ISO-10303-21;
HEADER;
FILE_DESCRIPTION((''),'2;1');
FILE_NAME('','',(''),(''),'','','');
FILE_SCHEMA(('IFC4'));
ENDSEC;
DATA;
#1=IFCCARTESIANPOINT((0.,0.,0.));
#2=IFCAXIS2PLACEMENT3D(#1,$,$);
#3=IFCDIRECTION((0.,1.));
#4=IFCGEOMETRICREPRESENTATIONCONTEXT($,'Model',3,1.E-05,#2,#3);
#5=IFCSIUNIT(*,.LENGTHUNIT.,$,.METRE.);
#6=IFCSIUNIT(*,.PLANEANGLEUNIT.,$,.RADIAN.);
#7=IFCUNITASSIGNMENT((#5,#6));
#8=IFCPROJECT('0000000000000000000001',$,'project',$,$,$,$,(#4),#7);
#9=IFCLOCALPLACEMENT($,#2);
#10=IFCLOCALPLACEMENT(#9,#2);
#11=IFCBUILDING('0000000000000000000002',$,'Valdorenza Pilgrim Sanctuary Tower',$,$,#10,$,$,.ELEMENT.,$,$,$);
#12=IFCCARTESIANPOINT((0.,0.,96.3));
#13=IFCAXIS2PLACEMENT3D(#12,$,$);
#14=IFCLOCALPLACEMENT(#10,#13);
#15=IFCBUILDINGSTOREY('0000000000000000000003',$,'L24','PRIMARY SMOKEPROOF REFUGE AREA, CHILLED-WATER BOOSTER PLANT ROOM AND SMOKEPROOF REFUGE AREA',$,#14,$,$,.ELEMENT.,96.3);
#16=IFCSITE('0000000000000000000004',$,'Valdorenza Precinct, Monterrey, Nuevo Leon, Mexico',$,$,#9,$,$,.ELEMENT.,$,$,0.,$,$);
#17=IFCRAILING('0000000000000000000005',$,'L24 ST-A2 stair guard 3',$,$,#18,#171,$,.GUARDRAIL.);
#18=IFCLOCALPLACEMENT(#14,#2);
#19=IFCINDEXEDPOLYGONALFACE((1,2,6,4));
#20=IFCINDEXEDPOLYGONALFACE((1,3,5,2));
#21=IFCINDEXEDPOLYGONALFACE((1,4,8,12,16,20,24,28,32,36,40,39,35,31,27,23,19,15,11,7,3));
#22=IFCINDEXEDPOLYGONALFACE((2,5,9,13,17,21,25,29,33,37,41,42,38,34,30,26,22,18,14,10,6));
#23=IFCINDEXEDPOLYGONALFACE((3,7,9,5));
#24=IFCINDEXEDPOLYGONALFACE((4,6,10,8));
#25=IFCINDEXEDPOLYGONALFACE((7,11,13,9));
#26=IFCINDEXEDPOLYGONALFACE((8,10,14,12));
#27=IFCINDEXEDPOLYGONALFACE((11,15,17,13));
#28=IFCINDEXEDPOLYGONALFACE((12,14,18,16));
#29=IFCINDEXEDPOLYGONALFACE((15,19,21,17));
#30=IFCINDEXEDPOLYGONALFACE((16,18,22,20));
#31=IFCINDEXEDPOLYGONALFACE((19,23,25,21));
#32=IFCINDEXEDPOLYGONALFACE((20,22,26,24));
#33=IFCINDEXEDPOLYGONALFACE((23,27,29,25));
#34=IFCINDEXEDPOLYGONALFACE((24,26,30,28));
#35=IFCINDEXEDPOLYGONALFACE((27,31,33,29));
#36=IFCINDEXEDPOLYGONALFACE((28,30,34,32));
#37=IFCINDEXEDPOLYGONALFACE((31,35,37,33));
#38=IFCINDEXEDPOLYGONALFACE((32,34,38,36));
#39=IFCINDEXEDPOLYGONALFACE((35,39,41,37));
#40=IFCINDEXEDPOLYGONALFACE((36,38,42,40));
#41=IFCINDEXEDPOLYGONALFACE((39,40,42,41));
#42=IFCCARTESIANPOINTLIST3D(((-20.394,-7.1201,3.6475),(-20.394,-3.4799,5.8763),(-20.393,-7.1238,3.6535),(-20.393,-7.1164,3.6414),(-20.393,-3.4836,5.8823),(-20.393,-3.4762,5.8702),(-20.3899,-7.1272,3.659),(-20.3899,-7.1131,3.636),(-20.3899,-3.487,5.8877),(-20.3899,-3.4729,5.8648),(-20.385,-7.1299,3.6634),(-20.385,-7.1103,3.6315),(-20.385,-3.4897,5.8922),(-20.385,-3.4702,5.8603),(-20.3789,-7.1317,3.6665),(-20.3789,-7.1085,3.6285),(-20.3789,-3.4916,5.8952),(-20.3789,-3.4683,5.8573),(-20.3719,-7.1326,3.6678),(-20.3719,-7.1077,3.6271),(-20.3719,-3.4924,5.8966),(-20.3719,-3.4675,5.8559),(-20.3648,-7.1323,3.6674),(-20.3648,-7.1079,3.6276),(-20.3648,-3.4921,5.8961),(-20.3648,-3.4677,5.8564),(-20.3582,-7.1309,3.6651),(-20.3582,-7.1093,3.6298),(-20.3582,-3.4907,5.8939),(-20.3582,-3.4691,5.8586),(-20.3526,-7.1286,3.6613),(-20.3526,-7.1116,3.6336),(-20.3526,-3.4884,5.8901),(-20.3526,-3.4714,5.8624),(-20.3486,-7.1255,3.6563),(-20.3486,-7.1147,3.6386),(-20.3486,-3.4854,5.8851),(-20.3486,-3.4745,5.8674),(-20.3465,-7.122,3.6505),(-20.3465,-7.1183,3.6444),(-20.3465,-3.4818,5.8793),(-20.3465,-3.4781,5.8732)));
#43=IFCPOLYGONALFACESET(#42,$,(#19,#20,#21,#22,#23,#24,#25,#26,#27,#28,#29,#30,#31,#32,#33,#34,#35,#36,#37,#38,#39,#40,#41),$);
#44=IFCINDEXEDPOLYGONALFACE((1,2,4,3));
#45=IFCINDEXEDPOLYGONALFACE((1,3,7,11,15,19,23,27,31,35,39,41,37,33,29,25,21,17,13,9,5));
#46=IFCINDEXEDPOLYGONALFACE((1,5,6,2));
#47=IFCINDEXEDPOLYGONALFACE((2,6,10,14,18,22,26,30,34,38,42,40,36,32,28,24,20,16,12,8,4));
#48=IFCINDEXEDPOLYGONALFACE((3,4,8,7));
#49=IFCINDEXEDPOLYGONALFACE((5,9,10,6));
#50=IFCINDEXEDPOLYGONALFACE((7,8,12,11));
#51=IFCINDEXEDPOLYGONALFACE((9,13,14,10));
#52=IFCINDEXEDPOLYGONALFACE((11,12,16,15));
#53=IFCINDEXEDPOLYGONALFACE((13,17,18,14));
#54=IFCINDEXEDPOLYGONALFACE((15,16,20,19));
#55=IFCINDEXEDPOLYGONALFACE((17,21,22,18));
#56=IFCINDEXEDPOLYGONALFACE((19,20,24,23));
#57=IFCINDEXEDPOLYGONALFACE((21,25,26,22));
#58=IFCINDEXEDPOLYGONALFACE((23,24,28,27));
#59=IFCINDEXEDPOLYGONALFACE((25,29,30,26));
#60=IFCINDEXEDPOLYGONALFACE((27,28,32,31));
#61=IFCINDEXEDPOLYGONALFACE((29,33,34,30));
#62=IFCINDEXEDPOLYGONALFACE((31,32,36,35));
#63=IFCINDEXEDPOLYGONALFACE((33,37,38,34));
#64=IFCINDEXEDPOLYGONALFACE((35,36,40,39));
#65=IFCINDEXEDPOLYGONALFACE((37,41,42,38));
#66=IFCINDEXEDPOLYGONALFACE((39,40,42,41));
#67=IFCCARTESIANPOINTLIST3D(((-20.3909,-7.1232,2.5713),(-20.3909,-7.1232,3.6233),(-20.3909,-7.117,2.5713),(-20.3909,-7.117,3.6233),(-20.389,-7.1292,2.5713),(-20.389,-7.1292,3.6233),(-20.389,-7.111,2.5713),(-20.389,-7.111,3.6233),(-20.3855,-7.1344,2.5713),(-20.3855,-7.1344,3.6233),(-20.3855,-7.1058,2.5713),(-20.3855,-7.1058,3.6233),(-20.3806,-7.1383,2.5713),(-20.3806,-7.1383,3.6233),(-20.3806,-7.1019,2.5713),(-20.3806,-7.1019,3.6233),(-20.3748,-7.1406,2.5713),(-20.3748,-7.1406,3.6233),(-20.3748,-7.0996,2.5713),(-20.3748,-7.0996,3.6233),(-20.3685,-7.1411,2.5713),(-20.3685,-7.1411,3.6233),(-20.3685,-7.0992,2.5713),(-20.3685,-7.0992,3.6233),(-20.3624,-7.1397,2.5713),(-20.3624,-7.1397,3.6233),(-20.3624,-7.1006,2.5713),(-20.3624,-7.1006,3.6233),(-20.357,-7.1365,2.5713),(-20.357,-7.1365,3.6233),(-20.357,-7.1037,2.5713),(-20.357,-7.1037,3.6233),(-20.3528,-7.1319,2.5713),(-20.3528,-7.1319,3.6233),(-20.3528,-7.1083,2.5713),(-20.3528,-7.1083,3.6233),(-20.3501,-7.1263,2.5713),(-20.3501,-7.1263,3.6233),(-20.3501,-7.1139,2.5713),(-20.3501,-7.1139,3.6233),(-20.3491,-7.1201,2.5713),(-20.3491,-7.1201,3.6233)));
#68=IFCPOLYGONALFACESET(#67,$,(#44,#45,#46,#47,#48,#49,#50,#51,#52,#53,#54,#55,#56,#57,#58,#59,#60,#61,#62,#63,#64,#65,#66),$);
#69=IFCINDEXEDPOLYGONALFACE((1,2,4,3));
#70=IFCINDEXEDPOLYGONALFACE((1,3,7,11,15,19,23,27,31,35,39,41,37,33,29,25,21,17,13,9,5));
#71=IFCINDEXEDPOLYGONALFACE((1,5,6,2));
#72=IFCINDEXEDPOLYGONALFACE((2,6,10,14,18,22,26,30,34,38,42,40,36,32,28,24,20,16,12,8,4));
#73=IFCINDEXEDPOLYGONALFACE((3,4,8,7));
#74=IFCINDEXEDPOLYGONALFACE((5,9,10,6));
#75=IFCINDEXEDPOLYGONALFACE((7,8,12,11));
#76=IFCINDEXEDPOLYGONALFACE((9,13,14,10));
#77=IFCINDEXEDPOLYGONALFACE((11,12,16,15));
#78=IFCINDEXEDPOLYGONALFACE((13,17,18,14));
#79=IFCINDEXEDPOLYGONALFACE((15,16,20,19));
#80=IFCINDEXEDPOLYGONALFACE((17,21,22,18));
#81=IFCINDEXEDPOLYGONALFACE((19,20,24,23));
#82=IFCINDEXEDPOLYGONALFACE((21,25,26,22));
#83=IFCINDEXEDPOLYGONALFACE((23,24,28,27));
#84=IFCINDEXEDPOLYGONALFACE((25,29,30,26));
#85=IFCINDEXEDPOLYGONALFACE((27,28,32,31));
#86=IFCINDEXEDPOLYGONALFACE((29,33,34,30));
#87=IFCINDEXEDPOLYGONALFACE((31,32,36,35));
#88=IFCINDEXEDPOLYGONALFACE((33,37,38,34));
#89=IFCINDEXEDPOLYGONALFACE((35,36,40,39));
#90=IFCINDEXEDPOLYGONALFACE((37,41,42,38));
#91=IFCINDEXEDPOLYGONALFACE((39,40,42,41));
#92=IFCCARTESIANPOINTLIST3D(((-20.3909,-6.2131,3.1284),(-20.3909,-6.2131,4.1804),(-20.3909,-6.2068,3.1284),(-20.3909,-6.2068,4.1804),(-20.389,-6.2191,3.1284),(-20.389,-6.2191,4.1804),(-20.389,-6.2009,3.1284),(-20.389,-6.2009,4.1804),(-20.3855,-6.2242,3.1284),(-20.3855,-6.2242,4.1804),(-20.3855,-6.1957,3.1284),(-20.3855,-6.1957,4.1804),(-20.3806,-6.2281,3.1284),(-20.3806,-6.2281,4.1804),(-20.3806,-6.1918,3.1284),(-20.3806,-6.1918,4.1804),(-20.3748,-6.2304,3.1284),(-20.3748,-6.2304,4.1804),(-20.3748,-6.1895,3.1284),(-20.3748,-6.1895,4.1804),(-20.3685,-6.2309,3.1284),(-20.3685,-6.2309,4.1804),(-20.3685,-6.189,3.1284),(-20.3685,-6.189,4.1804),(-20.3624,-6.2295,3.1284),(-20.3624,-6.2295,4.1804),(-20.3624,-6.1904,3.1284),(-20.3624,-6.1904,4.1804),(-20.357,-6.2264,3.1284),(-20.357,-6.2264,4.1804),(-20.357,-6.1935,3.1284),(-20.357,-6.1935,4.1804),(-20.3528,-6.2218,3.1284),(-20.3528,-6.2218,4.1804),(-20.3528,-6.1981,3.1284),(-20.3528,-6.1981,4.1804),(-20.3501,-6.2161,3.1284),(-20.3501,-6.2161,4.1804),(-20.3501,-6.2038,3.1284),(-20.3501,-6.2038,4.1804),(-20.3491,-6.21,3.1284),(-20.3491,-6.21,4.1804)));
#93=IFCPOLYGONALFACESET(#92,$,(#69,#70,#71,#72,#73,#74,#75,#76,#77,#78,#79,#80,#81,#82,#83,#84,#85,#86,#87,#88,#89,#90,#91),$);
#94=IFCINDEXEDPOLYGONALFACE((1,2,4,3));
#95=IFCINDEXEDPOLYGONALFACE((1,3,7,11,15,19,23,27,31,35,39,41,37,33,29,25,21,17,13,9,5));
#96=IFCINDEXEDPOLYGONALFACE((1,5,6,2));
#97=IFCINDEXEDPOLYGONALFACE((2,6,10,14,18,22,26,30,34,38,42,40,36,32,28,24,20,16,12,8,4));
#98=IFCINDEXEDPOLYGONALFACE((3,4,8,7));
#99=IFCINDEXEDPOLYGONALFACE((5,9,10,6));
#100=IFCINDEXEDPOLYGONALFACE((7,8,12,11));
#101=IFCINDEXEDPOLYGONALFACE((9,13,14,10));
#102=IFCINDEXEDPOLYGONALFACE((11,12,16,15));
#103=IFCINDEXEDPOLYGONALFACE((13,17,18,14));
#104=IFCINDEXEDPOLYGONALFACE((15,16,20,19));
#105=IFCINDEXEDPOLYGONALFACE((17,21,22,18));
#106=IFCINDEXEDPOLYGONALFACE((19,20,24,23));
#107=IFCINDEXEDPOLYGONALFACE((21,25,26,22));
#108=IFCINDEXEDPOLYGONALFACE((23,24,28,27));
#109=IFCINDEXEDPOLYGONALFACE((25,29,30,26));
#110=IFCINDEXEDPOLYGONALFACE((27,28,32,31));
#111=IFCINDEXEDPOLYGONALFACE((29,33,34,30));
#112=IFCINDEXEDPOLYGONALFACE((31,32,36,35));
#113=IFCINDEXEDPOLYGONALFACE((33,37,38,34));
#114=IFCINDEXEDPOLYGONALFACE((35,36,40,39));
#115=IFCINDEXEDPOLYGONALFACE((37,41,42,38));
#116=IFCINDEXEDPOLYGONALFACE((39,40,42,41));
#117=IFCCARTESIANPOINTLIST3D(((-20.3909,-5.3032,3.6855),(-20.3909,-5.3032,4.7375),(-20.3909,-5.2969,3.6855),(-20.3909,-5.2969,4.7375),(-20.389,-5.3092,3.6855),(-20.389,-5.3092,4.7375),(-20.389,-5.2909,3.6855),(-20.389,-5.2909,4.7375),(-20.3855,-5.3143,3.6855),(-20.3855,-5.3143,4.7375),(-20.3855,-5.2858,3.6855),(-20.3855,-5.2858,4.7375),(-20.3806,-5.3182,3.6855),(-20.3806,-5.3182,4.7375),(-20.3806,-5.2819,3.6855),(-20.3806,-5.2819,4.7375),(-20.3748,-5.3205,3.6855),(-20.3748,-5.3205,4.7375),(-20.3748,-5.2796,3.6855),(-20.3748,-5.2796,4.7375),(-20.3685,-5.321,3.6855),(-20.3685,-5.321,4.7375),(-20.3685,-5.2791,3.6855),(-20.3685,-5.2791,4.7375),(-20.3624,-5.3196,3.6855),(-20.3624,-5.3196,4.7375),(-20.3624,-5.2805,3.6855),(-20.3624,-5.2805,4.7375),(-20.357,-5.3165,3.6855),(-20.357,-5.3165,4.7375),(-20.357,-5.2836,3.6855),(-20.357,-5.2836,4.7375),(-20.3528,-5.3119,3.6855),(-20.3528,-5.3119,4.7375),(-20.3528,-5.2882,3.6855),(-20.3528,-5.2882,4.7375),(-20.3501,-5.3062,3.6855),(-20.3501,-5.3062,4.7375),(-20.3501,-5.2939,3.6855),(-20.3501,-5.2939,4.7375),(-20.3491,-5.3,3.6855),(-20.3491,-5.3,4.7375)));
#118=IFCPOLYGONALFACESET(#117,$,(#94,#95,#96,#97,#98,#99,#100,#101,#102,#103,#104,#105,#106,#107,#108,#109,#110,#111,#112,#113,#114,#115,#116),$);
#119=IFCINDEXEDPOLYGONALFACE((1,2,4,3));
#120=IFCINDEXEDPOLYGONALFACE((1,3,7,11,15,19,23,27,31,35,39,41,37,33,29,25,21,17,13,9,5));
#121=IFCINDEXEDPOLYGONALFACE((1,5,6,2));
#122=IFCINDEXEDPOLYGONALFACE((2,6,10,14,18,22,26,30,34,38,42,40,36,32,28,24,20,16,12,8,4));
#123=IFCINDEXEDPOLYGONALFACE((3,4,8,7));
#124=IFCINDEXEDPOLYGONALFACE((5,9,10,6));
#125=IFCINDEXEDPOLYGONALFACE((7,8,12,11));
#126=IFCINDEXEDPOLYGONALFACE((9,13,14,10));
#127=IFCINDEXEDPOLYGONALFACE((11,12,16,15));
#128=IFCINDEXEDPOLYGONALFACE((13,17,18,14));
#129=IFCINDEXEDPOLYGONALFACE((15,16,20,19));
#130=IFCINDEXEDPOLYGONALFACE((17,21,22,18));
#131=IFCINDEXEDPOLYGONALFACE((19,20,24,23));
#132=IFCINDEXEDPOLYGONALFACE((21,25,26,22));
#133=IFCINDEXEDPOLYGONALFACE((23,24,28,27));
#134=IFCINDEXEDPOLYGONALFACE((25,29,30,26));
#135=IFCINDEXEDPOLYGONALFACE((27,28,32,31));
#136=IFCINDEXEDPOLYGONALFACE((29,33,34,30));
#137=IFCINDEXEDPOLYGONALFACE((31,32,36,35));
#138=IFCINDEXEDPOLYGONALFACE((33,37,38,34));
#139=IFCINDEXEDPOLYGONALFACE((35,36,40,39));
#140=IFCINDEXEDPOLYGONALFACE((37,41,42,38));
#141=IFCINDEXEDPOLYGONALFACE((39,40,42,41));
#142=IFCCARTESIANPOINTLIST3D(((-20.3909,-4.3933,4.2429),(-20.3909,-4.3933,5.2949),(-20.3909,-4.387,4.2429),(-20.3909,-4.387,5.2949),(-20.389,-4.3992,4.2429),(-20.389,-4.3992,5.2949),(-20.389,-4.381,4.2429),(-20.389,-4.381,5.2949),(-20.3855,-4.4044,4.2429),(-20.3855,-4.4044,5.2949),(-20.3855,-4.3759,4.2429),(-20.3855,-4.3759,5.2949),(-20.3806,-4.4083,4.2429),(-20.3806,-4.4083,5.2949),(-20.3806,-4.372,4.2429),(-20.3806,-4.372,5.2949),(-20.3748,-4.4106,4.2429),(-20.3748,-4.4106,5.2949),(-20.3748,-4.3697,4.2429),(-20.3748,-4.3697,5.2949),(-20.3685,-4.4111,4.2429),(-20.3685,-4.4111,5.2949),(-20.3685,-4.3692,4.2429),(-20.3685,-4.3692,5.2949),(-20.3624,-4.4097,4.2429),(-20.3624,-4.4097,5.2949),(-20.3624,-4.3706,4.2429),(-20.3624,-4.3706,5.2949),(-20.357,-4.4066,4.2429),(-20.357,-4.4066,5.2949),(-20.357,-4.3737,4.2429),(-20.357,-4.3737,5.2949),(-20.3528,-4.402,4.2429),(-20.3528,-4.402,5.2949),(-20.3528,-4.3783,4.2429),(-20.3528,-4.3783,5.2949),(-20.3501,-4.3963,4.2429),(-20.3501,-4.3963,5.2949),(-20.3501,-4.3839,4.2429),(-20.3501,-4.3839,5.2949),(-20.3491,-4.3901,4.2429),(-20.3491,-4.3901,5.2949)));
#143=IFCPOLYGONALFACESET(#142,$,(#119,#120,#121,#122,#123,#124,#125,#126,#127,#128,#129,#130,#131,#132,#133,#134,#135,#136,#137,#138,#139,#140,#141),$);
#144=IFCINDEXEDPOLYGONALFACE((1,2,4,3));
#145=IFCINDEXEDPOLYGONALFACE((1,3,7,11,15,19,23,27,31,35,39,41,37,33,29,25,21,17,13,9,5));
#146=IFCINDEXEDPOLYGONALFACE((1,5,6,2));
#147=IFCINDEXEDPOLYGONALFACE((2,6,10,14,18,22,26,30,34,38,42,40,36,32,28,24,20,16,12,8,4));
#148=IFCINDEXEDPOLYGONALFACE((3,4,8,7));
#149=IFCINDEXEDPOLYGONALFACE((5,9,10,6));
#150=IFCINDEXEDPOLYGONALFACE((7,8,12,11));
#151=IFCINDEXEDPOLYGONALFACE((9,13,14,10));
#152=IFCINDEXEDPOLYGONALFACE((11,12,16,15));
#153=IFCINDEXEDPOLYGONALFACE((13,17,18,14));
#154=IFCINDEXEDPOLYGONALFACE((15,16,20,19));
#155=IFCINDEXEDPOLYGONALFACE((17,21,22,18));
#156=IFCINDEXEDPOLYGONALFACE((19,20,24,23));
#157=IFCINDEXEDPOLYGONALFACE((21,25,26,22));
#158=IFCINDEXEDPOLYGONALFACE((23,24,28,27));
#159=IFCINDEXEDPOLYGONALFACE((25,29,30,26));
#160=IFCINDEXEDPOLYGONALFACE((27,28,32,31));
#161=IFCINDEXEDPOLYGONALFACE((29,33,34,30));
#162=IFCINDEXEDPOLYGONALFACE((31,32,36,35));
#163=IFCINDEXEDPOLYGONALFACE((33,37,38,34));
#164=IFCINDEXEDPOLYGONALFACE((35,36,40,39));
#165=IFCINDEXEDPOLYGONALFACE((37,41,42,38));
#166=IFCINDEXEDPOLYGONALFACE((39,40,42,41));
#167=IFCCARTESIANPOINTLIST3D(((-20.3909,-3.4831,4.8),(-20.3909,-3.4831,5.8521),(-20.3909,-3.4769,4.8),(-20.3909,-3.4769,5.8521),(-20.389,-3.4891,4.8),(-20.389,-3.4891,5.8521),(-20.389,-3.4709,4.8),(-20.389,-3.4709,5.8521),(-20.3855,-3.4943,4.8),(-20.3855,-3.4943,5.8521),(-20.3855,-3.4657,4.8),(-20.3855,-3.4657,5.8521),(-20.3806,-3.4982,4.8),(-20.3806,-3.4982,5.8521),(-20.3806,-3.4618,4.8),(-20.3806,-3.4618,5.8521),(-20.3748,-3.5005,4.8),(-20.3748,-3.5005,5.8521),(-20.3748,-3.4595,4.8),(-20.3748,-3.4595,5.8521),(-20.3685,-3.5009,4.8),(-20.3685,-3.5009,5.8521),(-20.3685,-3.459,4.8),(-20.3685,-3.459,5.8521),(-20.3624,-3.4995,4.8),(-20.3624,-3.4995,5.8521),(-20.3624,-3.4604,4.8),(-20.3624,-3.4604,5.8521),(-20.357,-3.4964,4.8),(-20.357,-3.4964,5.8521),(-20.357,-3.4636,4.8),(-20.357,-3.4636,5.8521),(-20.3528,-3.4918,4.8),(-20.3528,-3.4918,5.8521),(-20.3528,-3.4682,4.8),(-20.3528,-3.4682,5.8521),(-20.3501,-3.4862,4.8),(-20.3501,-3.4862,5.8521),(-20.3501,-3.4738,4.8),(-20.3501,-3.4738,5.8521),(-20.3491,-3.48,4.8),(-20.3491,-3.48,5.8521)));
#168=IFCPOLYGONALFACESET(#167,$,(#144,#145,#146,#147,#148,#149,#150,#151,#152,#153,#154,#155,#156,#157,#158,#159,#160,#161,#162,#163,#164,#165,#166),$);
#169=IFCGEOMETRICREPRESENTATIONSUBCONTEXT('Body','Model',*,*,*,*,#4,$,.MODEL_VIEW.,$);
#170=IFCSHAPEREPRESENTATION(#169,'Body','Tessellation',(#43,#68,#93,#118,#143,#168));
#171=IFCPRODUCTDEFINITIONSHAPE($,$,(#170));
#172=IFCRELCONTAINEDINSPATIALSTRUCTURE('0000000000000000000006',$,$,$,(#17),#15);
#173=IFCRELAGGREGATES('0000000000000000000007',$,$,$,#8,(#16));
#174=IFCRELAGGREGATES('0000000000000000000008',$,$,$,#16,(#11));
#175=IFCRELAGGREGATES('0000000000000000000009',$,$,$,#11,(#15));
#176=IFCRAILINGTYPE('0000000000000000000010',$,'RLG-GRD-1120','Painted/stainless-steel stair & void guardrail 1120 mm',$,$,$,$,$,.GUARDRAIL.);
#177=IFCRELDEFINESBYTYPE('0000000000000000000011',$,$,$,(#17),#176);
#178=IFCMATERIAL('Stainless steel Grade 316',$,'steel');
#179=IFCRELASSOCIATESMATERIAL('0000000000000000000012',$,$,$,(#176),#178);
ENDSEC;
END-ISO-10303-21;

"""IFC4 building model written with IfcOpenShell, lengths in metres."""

from ifc_helpers import new_model, si_unit, direction, frame, origin, origin_2d, place, context, subcontext, project, spatial, circle, extrude, material, type_object, element, save


model = new_model("IFC4")

# Units and contexts
model_context = context("Model", 3, precision=1e-05, world=origin(), true_north=direction((0.0, 1.0)))
body_context = subcontext(model_context, "Body", "Model", "MODEL_VIEW")
ifc_project = project(units=[si_unit("LENGTHUNIT", "METRE"), si_unit("PLANEANGLEUNIT", "RADIAN")], contexts=[model_context])

# Site, building, storey
site_placement = place(None, origin())
site = spatial("IfcSite", under=ifc_project, at=site_placement, Name="Valdorenza Precinct, Monterrey, Nuevo Leon, Mexico", CompositionType="ELEMENT", RefElevation=0.0)
building_placement = place(site_placement, origin())
building = spatial("IfcBuilding", under=site, at=building_placement, Name="Valdorenza Pilgrim Sanctuary Tower", CompositionType="ELEMENT")
storey_placement = place(building_placement, frame((0.0, 0.0, 96.3)))
storey = spatial("IfcBuildingStorey", under=building, at=storey_placement, Name="L24", Description="PRIMARY SMOKEPROOF REFUGE AREA, CHILLED-WATER BOOSTER PLANT ROOM AND SMOKEPROOF REFUGE AREA", CompositionType="ELEMENT", Elevation=96.3)

# Railing
ifc_material_1 = material(Name="Stainless steel Grade 316", Category="steel")
railing_type_1 = type_object("IfcRailingType", Name="RLG-GRD-1120", Description="Painted/stainless-steel stair & void guardrail 1120 mm", PredefinedType="GUARDRAIL", material=ifc_material_1)
railing_1_placement = place(storey_placement, frame((-20.3701, -7.1201, 2.5713)))
element("IfcRailing", 1, at=railing_1_placement, inside=storey, type_object=railing_type_1, Name="L24 ST-A2 stair guard 3", PredefinedType="GUARDRAIL", context=body_context, shape_type="SweptSolid", body=[
    extrude(circle(Radius=0.0239, at=origin_2d()), frame((0.0, 0.0, 1.0762), z_axis=(0.0, 0.85284, 0.522172), x_axis=(-1.0, 0.0, 0.0)), (0.0, 0.0, 1.0), 4.2683),
    extrude(circle(Radius=0.021, at=origin_2d()), origin(), (0.0, 0.0, 1.0), 1.052),
    extrude(circle(Radius=0.021, at=origin_2d()), frame((0.0, 0.9102, 0.5571)), (0.0, 0.0, 1.0), 1.052),
    extrude(circle(Radius=0.021, at=origin_2d()), frame((0.0, 1.8201, 1.1143)), (0.0, 0.0, 1.0), 1.052),
    extrude(circle(Radius=0.021, at=origin_2d()), frame((0.0, 2.73, 1.6716)), (0.0, 0.0, 1.0), 1.052),
    extrude(circle(Radius=0.021, at=origin_2d()), frame((0.0, 3.6401, 2.2288)), (0.0, 0.0, 1.0), 1.052),
])

save(model, "model.ifc")
